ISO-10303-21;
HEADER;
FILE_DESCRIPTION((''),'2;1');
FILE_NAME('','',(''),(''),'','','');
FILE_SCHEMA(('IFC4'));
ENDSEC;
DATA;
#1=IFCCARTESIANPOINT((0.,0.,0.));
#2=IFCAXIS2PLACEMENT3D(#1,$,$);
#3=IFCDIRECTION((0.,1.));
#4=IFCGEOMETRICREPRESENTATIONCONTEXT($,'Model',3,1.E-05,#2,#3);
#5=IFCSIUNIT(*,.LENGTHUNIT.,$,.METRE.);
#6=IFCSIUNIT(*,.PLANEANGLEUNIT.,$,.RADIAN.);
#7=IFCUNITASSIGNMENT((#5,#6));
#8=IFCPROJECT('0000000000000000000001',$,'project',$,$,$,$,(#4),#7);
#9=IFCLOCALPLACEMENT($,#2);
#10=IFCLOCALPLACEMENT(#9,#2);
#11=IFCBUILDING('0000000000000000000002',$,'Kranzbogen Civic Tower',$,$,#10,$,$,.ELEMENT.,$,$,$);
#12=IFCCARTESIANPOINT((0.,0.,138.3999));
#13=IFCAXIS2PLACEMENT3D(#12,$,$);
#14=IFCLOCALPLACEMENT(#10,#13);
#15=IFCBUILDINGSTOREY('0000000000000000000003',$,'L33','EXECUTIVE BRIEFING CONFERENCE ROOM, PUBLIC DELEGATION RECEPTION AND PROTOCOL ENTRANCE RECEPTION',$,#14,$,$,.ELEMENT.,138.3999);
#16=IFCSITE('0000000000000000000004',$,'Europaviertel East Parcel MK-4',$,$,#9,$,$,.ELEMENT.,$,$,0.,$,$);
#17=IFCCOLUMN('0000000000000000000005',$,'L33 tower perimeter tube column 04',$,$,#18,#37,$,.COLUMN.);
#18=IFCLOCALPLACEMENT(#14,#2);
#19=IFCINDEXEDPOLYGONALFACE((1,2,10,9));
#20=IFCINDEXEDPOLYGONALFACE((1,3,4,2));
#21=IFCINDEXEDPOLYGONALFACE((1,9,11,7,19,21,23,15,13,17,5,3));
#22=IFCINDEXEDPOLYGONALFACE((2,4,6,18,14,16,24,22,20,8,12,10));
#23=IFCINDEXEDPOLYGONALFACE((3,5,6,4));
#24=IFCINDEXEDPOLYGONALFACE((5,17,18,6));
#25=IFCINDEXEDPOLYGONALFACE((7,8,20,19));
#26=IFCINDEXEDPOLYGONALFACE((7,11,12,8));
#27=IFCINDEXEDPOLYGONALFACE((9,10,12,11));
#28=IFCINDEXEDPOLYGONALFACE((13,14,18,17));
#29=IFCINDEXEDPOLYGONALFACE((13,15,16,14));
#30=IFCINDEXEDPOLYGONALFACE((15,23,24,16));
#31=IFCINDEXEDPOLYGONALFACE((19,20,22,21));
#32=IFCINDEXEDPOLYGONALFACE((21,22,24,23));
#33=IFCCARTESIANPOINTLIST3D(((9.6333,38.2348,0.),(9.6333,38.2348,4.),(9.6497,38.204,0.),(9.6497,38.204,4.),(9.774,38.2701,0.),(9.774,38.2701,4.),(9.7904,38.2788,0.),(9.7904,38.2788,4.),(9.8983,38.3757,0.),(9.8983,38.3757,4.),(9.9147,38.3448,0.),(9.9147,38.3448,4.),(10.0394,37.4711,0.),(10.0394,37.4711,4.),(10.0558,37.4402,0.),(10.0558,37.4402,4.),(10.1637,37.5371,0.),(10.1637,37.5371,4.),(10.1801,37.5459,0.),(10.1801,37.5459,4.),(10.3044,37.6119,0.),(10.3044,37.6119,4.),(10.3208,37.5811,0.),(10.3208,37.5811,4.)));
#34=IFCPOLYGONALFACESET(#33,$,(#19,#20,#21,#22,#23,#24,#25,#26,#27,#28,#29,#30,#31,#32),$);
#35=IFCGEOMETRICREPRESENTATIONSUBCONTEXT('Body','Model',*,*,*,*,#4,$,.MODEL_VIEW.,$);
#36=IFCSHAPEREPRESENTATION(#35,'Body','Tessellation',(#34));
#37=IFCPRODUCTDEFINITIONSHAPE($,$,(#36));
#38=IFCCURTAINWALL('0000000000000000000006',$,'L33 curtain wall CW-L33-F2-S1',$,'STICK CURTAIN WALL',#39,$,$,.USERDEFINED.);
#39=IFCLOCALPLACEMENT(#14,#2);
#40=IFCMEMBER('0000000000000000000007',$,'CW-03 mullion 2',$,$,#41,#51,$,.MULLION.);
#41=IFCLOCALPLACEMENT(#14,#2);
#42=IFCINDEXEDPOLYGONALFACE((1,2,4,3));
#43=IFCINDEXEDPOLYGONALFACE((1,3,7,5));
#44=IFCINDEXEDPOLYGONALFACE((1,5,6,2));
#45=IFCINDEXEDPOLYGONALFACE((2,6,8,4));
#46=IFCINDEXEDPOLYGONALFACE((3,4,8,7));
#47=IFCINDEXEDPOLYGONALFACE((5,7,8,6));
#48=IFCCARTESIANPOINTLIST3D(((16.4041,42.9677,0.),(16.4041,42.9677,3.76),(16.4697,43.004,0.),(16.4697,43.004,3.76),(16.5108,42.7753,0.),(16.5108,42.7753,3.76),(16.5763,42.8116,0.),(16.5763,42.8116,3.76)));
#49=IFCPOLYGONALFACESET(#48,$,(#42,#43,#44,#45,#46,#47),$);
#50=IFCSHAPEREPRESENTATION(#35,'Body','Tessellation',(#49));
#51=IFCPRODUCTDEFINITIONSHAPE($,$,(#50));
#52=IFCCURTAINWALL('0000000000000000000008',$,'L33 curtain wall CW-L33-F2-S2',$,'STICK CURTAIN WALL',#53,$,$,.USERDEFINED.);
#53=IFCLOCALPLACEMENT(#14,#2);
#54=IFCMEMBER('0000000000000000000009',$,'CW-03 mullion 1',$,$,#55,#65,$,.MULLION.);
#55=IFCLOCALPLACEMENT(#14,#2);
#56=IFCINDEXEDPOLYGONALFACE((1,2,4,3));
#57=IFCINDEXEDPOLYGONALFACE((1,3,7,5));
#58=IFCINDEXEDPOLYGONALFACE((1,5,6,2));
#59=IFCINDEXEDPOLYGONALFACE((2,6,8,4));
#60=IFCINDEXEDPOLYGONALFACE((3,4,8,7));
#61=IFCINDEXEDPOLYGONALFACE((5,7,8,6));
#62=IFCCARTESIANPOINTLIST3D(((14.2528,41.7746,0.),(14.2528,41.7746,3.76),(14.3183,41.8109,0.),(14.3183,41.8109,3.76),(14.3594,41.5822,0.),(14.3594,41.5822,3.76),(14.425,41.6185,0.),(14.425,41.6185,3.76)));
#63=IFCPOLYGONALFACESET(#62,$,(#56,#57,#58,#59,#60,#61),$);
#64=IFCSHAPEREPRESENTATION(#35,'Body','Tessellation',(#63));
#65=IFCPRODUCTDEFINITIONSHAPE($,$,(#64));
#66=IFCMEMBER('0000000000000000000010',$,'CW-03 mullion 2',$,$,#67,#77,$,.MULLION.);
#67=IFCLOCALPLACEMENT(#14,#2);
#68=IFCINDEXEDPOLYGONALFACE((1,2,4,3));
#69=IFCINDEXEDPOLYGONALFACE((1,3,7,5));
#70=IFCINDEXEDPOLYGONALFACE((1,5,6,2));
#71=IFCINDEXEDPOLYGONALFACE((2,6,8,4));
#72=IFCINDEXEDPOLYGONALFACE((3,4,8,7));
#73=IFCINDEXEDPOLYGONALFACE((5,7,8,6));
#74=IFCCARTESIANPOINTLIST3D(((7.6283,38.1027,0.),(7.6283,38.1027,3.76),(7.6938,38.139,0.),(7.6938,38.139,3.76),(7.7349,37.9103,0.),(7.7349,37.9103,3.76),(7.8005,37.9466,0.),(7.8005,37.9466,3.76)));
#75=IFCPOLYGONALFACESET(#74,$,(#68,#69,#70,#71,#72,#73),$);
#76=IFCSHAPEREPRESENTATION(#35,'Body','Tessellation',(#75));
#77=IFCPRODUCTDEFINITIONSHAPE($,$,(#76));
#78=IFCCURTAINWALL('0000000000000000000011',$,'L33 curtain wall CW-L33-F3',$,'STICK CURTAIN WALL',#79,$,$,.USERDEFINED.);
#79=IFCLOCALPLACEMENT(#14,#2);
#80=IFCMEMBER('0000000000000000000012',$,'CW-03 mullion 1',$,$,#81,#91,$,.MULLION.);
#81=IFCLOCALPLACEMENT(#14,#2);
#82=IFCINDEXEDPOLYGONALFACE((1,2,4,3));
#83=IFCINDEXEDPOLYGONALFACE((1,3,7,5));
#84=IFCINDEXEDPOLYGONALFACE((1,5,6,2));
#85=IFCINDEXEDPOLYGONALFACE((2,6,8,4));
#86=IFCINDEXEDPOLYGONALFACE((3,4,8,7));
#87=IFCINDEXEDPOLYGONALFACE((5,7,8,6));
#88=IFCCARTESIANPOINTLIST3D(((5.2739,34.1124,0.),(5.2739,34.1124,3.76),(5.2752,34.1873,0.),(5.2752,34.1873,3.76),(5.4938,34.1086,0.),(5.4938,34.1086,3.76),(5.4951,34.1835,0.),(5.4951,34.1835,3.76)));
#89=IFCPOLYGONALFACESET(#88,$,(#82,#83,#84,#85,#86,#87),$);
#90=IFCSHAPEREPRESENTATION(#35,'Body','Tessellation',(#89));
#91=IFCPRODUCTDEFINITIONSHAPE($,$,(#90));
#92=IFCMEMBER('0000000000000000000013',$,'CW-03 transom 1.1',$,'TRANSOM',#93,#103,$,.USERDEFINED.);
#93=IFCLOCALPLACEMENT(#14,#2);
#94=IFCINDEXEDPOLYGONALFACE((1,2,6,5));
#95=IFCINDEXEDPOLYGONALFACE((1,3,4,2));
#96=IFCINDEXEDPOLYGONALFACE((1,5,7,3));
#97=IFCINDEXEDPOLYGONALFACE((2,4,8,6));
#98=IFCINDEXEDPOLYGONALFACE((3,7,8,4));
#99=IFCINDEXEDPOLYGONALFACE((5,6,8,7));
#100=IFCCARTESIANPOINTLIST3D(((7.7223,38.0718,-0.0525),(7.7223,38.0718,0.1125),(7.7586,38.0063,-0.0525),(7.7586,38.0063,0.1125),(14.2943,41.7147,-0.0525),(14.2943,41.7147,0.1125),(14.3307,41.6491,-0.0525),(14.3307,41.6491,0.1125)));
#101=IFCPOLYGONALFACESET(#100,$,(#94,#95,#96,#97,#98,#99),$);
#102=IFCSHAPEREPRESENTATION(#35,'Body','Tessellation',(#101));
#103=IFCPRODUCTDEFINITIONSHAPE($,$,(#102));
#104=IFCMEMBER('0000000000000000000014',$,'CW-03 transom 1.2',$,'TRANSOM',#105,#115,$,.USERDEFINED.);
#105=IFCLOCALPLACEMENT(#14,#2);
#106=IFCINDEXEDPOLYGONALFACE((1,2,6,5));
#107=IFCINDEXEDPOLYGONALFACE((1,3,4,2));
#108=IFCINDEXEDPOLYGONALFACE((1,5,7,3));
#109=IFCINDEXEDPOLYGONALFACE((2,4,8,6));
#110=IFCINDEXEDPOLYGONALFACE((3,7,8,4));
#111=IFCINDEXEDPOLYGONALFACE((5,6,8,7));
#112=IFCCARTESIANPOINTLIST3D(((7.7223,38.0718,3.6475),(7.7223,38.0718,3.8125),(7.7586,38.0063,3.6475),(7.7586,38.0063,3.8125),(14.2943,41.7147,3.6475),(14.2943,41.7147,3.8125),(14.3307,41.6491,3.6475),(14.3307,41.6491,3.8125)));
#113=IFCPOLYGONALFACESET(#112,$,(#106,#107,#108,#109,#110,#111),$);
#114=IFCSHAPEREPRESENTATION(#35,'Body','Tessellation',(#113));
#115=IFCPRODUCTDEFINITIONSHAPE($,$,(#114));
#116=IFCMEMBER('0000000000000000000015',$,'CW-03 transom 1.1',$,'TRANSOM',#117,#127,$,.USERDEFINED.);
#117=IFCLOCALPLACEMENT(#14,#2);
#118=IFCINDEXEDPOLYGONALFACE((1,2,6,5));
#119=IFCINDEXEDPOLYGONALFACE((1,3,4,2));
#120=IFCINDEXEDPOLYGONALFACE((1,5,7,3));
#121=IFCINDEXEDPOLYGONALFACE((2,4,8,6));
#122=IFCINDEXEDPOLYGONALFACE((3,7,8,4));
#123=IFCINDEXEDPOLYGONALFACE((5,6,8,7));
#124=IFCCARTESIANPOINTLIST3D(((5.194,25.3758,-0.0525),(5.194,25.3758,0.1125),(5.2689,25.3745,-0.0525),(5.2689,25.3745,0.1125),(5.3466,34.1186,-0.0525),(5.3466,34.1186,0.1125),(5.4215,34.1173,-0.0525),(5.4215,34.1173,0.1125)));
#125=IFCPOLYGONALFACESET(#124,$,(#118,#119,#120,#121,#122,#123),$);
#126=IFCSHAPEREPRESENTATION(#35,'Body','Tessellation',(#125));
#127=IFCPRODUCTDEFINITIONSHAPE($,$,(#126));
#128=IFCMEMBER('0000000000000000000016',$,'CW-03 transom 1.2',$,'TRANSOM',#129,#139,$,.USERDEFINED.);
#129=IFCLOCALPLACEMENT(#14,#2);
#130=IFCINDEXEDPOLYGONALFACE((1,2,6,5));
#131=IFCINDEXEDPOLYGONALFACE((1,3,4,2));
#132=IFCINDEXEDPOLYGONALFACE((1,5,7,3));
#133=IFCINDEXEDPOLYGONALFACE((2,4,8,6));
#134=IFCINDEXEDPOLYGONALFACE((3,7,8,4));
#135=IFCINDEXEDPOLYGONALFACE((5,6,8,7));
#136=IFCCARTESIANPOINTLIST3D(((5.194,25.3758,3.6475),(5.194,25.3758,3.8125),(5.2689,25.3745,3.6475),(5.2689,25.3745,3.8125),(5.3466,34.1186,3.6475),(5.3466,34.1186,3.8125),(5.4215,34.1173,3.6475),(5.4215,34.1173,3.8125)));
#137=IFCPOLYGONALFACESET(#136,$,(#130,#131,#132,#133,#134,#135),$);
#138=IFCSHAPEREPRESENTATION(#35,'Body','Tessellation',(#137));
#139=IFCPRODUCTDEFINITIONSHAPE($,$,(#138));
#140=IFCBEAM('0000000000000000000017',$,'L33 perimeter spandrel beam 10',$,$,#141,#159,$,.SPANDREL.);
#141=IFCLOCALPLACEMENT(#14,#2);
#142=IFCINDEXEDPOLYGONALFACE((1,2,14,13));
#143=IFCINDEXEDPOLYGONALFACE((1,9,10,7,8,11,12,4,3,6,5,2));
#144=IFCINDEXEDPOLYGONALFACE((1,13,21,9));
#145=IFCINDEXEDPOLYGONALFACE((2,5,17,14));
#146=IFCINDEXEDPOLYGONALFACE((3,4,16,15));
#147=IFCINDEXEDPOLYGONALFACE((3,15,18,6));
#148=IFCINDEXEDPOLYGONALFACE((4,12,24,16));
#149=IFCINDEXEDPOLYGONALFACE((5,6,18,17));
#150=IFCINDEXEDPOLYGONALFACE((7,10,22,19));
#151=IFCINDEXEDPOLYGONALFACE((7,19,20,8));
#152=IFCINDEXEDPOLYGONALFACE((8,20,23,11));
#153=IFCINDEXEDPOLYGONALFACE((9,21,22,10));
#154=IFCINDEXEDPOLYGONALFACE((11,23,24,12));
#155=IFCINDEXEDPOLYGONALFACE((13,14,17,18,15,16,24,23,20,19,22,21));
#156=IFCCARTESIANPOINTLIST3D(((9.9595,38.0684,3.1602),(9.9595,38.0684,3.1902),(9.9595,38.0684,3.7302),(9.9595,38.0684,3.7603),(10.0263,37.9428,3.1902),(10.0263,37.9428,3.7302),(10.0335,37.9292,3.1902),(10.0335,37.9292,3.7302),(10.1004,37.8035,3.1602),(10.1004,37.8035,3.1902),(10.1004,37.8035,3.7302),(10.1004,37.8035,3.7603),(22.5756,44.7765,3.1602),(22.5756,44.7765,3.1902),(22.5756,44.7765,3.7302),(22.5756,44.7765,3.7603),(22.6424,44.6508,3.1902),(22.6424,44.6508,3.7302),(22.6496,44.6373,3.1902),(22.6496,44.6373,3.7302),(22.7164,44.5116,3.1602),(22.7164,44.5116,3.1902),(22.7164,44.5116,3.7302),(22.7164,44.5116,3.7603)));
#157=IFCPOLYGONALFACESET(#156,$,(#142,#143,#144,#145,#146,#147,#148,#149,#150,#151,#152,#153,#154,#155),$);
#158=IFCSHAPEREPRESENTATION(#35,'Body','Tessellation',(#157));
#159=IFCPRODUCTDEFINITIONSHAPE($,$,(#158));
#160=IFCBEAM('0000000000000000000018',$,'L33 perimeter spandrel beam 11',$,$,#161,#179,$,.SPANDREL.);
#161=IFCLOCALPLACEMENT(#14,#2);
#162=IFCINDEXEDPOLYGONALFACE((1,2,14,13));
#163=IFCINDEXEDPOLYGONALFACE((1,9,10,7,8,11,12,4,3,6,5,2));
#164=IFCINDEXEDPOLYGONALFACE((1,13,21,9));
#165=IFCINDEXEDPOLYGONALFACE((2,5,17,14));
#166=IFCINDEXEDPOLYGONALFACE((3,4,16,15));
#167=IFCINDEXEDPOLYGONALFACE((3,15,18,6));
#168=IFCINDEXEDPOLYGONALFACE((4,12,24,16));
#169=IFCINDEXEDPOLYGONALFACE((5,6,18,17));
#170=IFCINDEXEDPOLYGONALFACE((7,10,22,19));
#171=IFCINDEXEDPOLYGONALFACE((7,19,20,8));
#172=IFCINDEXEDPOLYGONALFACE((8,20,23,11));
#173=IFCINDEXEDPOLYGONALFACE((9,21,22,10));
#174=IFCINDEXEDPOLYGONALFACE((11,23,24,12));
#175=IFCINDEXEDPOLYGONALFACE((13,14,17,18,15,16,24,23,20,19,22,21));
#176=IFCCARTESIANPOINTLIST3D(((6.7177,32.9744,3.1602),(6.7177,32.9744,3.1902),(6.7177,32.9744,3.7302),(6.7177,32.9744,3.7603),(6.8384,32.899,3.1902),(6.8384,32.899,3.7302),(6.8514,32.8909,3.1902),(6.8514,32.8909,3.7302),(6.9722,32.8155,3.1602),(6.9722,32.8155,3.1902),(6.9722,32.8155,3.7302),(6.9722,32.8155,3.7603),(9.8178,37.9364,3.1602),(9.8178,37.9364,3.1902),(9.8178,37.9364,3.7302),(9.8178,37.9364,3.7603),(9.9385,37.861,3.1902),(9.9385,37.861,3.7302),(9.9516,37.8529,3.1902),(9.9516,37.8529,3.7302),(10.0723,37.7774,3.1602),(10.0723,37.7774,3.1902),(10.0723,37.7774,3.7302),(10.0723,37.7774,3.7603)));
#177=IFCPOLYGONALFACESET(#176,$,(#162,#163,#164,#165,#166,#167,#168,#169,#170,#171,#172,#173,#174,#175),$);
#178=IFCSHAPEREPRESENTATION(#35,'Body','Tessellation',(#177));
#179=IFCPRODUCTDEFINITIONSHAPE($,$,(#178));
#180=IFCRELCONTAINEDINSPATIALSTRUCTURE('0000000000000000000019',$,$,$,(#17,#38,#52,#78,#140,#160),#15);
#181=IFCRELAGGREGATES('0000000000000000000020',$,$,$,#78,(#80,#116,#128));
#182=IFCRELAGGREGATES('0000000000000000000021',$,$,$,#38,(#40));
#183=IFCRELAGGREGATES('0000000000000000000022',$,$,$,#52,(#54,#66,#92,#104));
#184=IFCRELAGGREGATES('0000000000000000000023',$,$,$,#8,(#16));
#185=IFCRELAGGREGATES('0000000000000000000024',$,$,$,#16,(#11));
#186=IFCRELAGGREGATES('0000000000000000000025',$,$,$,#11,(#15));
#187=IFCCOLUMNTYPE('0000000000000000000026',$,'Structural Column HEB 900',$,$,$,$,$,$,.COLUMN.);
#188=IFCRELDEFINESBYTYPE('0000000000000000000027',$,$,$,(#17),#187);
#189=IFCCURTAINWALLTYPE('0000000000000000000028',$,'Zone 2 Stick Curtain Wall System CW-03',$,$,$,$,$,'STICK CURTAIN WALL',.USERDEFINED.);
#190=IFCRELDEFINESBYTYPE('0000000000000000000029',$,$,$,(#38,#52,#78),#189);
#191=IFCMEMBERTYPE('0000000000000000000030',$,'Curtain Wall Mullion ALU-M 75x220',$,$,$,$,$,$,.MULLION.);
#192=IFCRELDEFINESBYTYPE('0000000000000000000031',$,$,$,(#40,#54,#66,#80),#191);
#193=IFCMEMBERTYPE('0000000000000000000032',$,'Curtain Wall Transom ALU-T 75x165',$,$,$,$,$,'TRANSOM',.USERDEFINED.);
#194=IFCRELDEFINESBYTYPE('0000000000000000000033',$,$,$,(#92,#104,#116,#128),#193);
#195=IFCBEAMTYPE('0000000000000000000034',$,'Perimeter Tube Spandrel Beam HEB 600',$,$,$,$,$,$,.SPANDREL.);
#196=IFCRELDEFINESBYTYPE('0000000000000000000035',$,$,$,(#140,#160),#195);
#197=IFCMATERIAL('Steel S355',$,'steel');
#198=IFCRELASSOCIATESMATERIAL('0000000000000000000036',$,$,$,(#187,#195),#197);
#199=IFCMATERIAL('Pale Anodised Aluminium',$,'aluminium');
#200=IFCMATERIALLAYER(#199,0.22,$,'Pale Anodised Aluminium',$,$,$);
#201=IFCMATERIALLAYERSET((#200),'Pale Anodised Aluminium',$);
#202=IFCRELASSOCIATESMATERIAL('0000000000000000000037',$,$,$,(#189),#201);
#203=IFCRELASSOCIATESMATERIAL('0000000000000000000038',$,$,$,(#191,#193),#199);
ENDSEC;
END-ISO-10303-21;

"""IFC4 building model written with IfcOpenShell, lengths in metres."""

from ifc_helpers import new_model, si_unit, direction, frame, origin, origin_2d, place, context, subcontext, project, spatial, rectangle, i_section, extrude, material, layer, layer_set, material_profile, profile_set, type_object, element, aggregate, save


model = new_model("IFC4")

# Units and contexts
model_context = context("Model", 3, precision=1e-05, world=origin(), true_north=direction((0.0, 1.0)))
body_context = subcontext(model_context, "Body", "Model", "MODEL_VIEW")
ifc_project = project(units=[si_unit("LENGTHUNIT", "METRE"), si_unit("PLANEANGLEUNIT", "RADIAN")], contexts=[model_context])

# Site, building, storey
site_placement = place(None, origin())
site = spatial("IfcSite", under=ifc_project, at=site_placement, Name="Europaviertel East Parcel MK-4", CompositionType="ELEMENT", RefElevation=0.0)
building_placement = place(site_placement, origin())
building = spatial("IfcBuilding", under=site, at=building_placement, Name="Kranzbogen Civic Tower", CompositionType="ELEMENT")
storey_placement = place(building_placement, frame((0.0, 0.0, 138.3999)))
storey = spatial("IfcBuildingStorey", under=building, at=storey_placement, Name="L33", Description="EXECUTIVE BRIEFING CONFERENCE ROOM, PUBLIC DELEGATION RECEPTION AND PROTOCOL ENTRANCE RECEPTION", CompositionType="ELEMENT", Elevation=138.3999)

# Column
ifc_material_1 = material(Name="Steel S355", Category="steel")
ifc_material_profile_1 = material_profile(ifc_material_1, i_section(OverallWidth=0.3, OverallDepth=0.8999, WebThickness=0.0186, FlangeThickness=0.0349, at=origin_2d()), Name="HEB 900")
ifc_profile_set_1 = profile_set([ifc_material_profile_1], Name="Steel S355")
column_type = type_object("IfcColumnType", Name="Structural Column HEB 900", PredefinedType="COLUMN", material=ifc_profile_set_1)
column_placement = place(storey_placement, frame((9.9771, 37.908, 0.0), z_axis=(0.0, 0.0, 1.0), x_axis=(0.882948, 0.469472, 0.0)))
element("IfcColumn", 1, at=column_placement, inside=storey, type_object=column_type, Name="L33 tower perimeter tube column 04", PredefinedType="COLUMN", context=body_context, shape_type="SweptSolid", body=[
    extrude(i_section(OverallWidth=0.3, OverallDepth=0.8999, WebThickness=0.0186, FlangeThickness=0.0349, at=origin_2d()), origin(), (0.0, 0.0, 1.0), 4.0),
])

# Curtain wall, member
ifc_material_2 = material(Name="Pale Anodised Aluminium", Category="aluminium")
ifc_layer_1 = layer(ifc_material_2, 0.22, Name="Pale Anodised Aluminium")
ifc_layer_set_1 = layer_set([ifc_layer_1], Name="Pale Anodised Aluminium")
curtain_wall_type = type_object("IfcCurtainWallType", Name="Zone 2 Stick Curtain Wall System CW-03", ElementType="STICK CURTAIN WALL", PredefinedType="USERDEFINED", material=ifc_layer_set_1)
curtain_wall_1_placement = place(storey_placement, origin())
curtain_wall_1 = element("IfcCurtainWall", 2, at=curtain_wall_1_placement, inside=storey, type_object=curtain_wall_type, Name="L33 curtain wall CW-L33-F2-S1", ObjectType="STICK CURTAIN WALL", PredefinedType="USERDEFINED")
ifc_material_profile_2 = material_profile(ifc_material_2, rectangle(XDim=0.075, YDim=0.22, at=origin_2d()), Name="ALU-M 75x220")
ifc_profile_set_2 = profile_set([ifc_material_profile_2], Name="Pale Anodised Aluminium")
member_type_1 = type_object("IfcMemberType", Name="Curtain Wall Mullion ALU-M 75x220", PredefinedType="MULLION", material=ifc_profile_set_2)
member_1_placement = place(storey_placement, frame((16.4902, 42.8896, 0.0), z_axis=(0.0, 0.0, 1.0), x_axis=(-0.874626, -0.484797, 0.0)))
member_1 = element("IfcMember", 3, at=member_1_placement, type_object=member_type_1, Name="CW-03 mullion 2", PredefinedType="MULLION", context=body_context, shape_type="SweptSolid", body=[
    extrude(rectangle(XDim=0.075, YDim=0.22, at=origin_2d()), origin(), (0.0, 0.0, 1.0), 3.76),
])

# Curtain wall, members
curtain_wall_2_placement = place(storey_placement, origin())
curtain_wall_2 = element("IfcCurtainWall", 4, at=curtain_wall_2_placement, inside=storey, type_object=curtain_wall_type, Name="L33 curtain wall CW-L33-F2-S2", ObjectType="STICK CURTAIN WALL", PredefinedType="USERDEFINED")
member_2_placement = place(storey_placement, frame((14.3389, 41.6965, 0.0), z_axis=(0.0, 0.0, 1.0), x_axis=(-0.874626, -0.484797, 0.0)))
member_2 = element("IfcMember", 5, at=member_2_placement, type_object=member_type_1, Name="CW-03 mullion 1", PredefinedType="MULLION", context=body_context, shape_type="SweptSolid", body=[
    extrude(rectangle(XDim=0.075, YDim=0.22, at=origin_2d()), origin(), (0.0, 0.0, 1.0), 3.76),
])
member_3_placement = place(storey_placement, frame((7.7144, 38.0247, 0.0), z_axis=(0.0, 0.0, 1.0), x_axis=(-0.874626, -0.484797, 0.0)))
member_3 = element("IfcMember", 6, at=member_3_placement, type_object=member_type_1, Name="CW-03 mullion 2", PredefinedType="MULLION", context=body_context, shape_type="SweptSolid", body=[
    extrude(rectangle(XDim=0.075, YDim=0.22, at=origin_2d()), origin(), (0.0, 0.0, 1.0), 3.76),
])

# Curtain wall, member
curtain_wall_3_placement = place(storey_placement, origin())
curtain_wall_3 = element("IfcCurtainWall", 7, at=curtain_wall_3_placement, inside=storey, type_object=curtain_wall_type, Name="L33 curtain wall CW-L33-F3", ObjectType="STICK CURTAIN WALL", PredefinedType="USERDEFINED")
member_4_placement = place(storey_placement, frame((5.3845, 34.1479, 0.0), z_axis=(0.0, 0.0, 1.0), x_axis=(-0.017432, -0.999848, 0.0)))
member_4 = element("IfcMember", 8, at=member_4_placement, type_object=member_type_1, Name="CW-03 mullion 1", PredefinedType="MULLION", context=body_context, shape_type="SweptSolid", body=[
    extrude(rectangle(XDim=0.075, YDim=0.22, at=origin_2d()), origin(), (0.0, 0.0, 1.0), 3.76),
])

# Members
ifc_material_profile_3 = material_profile(ifc_material_2, rectangle(XDim=0.075, YDim=0.165, at=origin_2d()), Name="ALU-T 75x165")
ifc_profile_set_3 = profile_set([ifc_material_profile_3], Name="Pale Anodised Aluminium")
member_type_2 = type_object("IfcMemberType", Name="Curtain Wall Transom ALU-T 75x165", ElementType="TRANSOM", PredefinedType="USERDEFINED", material=ifc_profile_set_3)
member_5_placement = place(storey_placement, frame((14.3125, 41.6819, 0.03), z_axis=(-0.874626, -0.484799, 0.0), x_axis=(0.484799, -0.874626, 0.0)))
member_5 = element("IfcMember", 9, at=member_5_placement, type_object=member_type_2, Name="CW-03 transom 1.1", ObjectType="TRANSOM", PredefinedType="USERDEFINED", context=body_context, shape_type="SweptSolid", body=[
    extrude(rectangle(XDim=0.075, YDim=0.165, at=origin_2d()), origin(), (0.0, 0.0, 1.0), 7.5142),
])
member_6_placement = place(storey_placement, frame((14.3125, 41.6819, 3.73), z_axis=(-0.874626, -0.484799, 0.0), x_axis=(0.484799, -0.874626, 0.0)))
member_6 = element("IfcMember", 10, at=member_6_placement, type_object=member_type_2, Name="CW-03 transom 1.2", ObjectType="TRANSOM", PredefinedType="USERDEFINED", context=body_context, shape_type="SweptSolid", body=[
    extrude(rectangle(XDim=0.075, YDim=0.165, at=origin_2d()), origin(), (0.0, 0.0, 1.0), 7.5142),
])
member_7_placement = place(storey_placement, frame((5.384, 34.1179, 0.03), z_axis=(-0.01745, -0.999848, 0.0), x_axis=(0.999848, -0.01745, 0.0)))
member_7 = element("IfcMember", 11, at=member_7_placement, type_object=member_type_2, Name="CW-03 transom 1.1", ObjectType="TRANSOM", PredefinedType="USERDEFINED", context=body_context, shape_type="SweptSolid", body=[
    extrude(rectangle(XDim=0.075, YDim=0.165, at=origin_2d()), origin(), (0.0, 0.0, 1.0), 8.7441),
])
member_8_placement = place(storey_placement, frame((5.384, 34.1179, 3.73), z_axis=(-0.01745, -0.999848, 0.0), x_axis=(0.999848, -0.01745, 0.0)))
member_8 = element("IfcMember", 12, at=member_8_placement, type_object=member_type_2, Name="CW-03 transom 1.2", ObjectType="TRANSOM", PredefinedType="USERDEFINED", context=body_context, shape_type="SweptSolid", body=[
    extrude(rectangle(XDim=0.075, YDim=0.165, at=origin_2d()), origin(), (0.0, 0.0, 1.0), 8.7441),
])
aggregate(curtain_wall_3, [member_4, member_7, member_8])

# Beams
ifc_material_profile_4 = material_profile(ifc_material_1, i_section(OverallWidth=0.3, OverallDepth=0.6001, WebThickness=0.0154, FlangeThickness=0.03, at=origin_2d()), Name="HEB 600")
ifc_profile_set_4 = profile_set([ifc_material_profile_4], Name="Steel S355")
beam_type_1 = type_object("IfcBeamType", Name="Perimeter Tube Spandrel Beam HEB 600", PredefinedType="SPANDREL", material=ifc_profile_set_4)
beam_1_placement = place(storey_placement, frame((22.646, 44.644, 3.4602), z_axis=(-0.882948, -0.46947, 0.0), x_axis=(0.46947, -0.882948, 0.0)))
element("IfcBeam", 13, at=beam_1_placement, inside=storey, type_object=beam_type_1, Name="L33 perimeter spandrel beam 10", PredefinedType="SPANDREL", context=body_context, shape_type="SweptSolid", body=[
    extrude(i_section(OverallWidth=0.3, OverallDepth=0.6001, WebThickness=0.0154, FlangeThickness=0.03, at=origin_2d()), origin(), (0.0, 0.0, 1.0), 14.2886),
])
beam_2_placement = place(storey_placement, frame((9.9451, 37.8569, 3.4602), z_axis=(-0.529864, -0.848083, 0.0), x_axis=(0.848083, -0.529864, 0.0)))
element("IfcBeam", 14, at=beam_2_placement, inside=storey, type_object=beam_type_1, Name="L33 perimeter spandrel beam 11", PredefinedType="SPANDREL", context=body_context, shape_type="SweptSolid", body=[
    extrude(i_section(OverallWidth=0.3, OverallDepth=0.6001, WebThickness=0.0154, FlangeThickness=0.03, at=origin_2d()), origin(), (0.0, 0.0, 1.0), 5.8508),
])

aggregate(curtain_wall_1, [member_1])
aggregate(curtain_wall_2, [member_2, member_3, member_5, member_6])

save(model, "model.ifc")
